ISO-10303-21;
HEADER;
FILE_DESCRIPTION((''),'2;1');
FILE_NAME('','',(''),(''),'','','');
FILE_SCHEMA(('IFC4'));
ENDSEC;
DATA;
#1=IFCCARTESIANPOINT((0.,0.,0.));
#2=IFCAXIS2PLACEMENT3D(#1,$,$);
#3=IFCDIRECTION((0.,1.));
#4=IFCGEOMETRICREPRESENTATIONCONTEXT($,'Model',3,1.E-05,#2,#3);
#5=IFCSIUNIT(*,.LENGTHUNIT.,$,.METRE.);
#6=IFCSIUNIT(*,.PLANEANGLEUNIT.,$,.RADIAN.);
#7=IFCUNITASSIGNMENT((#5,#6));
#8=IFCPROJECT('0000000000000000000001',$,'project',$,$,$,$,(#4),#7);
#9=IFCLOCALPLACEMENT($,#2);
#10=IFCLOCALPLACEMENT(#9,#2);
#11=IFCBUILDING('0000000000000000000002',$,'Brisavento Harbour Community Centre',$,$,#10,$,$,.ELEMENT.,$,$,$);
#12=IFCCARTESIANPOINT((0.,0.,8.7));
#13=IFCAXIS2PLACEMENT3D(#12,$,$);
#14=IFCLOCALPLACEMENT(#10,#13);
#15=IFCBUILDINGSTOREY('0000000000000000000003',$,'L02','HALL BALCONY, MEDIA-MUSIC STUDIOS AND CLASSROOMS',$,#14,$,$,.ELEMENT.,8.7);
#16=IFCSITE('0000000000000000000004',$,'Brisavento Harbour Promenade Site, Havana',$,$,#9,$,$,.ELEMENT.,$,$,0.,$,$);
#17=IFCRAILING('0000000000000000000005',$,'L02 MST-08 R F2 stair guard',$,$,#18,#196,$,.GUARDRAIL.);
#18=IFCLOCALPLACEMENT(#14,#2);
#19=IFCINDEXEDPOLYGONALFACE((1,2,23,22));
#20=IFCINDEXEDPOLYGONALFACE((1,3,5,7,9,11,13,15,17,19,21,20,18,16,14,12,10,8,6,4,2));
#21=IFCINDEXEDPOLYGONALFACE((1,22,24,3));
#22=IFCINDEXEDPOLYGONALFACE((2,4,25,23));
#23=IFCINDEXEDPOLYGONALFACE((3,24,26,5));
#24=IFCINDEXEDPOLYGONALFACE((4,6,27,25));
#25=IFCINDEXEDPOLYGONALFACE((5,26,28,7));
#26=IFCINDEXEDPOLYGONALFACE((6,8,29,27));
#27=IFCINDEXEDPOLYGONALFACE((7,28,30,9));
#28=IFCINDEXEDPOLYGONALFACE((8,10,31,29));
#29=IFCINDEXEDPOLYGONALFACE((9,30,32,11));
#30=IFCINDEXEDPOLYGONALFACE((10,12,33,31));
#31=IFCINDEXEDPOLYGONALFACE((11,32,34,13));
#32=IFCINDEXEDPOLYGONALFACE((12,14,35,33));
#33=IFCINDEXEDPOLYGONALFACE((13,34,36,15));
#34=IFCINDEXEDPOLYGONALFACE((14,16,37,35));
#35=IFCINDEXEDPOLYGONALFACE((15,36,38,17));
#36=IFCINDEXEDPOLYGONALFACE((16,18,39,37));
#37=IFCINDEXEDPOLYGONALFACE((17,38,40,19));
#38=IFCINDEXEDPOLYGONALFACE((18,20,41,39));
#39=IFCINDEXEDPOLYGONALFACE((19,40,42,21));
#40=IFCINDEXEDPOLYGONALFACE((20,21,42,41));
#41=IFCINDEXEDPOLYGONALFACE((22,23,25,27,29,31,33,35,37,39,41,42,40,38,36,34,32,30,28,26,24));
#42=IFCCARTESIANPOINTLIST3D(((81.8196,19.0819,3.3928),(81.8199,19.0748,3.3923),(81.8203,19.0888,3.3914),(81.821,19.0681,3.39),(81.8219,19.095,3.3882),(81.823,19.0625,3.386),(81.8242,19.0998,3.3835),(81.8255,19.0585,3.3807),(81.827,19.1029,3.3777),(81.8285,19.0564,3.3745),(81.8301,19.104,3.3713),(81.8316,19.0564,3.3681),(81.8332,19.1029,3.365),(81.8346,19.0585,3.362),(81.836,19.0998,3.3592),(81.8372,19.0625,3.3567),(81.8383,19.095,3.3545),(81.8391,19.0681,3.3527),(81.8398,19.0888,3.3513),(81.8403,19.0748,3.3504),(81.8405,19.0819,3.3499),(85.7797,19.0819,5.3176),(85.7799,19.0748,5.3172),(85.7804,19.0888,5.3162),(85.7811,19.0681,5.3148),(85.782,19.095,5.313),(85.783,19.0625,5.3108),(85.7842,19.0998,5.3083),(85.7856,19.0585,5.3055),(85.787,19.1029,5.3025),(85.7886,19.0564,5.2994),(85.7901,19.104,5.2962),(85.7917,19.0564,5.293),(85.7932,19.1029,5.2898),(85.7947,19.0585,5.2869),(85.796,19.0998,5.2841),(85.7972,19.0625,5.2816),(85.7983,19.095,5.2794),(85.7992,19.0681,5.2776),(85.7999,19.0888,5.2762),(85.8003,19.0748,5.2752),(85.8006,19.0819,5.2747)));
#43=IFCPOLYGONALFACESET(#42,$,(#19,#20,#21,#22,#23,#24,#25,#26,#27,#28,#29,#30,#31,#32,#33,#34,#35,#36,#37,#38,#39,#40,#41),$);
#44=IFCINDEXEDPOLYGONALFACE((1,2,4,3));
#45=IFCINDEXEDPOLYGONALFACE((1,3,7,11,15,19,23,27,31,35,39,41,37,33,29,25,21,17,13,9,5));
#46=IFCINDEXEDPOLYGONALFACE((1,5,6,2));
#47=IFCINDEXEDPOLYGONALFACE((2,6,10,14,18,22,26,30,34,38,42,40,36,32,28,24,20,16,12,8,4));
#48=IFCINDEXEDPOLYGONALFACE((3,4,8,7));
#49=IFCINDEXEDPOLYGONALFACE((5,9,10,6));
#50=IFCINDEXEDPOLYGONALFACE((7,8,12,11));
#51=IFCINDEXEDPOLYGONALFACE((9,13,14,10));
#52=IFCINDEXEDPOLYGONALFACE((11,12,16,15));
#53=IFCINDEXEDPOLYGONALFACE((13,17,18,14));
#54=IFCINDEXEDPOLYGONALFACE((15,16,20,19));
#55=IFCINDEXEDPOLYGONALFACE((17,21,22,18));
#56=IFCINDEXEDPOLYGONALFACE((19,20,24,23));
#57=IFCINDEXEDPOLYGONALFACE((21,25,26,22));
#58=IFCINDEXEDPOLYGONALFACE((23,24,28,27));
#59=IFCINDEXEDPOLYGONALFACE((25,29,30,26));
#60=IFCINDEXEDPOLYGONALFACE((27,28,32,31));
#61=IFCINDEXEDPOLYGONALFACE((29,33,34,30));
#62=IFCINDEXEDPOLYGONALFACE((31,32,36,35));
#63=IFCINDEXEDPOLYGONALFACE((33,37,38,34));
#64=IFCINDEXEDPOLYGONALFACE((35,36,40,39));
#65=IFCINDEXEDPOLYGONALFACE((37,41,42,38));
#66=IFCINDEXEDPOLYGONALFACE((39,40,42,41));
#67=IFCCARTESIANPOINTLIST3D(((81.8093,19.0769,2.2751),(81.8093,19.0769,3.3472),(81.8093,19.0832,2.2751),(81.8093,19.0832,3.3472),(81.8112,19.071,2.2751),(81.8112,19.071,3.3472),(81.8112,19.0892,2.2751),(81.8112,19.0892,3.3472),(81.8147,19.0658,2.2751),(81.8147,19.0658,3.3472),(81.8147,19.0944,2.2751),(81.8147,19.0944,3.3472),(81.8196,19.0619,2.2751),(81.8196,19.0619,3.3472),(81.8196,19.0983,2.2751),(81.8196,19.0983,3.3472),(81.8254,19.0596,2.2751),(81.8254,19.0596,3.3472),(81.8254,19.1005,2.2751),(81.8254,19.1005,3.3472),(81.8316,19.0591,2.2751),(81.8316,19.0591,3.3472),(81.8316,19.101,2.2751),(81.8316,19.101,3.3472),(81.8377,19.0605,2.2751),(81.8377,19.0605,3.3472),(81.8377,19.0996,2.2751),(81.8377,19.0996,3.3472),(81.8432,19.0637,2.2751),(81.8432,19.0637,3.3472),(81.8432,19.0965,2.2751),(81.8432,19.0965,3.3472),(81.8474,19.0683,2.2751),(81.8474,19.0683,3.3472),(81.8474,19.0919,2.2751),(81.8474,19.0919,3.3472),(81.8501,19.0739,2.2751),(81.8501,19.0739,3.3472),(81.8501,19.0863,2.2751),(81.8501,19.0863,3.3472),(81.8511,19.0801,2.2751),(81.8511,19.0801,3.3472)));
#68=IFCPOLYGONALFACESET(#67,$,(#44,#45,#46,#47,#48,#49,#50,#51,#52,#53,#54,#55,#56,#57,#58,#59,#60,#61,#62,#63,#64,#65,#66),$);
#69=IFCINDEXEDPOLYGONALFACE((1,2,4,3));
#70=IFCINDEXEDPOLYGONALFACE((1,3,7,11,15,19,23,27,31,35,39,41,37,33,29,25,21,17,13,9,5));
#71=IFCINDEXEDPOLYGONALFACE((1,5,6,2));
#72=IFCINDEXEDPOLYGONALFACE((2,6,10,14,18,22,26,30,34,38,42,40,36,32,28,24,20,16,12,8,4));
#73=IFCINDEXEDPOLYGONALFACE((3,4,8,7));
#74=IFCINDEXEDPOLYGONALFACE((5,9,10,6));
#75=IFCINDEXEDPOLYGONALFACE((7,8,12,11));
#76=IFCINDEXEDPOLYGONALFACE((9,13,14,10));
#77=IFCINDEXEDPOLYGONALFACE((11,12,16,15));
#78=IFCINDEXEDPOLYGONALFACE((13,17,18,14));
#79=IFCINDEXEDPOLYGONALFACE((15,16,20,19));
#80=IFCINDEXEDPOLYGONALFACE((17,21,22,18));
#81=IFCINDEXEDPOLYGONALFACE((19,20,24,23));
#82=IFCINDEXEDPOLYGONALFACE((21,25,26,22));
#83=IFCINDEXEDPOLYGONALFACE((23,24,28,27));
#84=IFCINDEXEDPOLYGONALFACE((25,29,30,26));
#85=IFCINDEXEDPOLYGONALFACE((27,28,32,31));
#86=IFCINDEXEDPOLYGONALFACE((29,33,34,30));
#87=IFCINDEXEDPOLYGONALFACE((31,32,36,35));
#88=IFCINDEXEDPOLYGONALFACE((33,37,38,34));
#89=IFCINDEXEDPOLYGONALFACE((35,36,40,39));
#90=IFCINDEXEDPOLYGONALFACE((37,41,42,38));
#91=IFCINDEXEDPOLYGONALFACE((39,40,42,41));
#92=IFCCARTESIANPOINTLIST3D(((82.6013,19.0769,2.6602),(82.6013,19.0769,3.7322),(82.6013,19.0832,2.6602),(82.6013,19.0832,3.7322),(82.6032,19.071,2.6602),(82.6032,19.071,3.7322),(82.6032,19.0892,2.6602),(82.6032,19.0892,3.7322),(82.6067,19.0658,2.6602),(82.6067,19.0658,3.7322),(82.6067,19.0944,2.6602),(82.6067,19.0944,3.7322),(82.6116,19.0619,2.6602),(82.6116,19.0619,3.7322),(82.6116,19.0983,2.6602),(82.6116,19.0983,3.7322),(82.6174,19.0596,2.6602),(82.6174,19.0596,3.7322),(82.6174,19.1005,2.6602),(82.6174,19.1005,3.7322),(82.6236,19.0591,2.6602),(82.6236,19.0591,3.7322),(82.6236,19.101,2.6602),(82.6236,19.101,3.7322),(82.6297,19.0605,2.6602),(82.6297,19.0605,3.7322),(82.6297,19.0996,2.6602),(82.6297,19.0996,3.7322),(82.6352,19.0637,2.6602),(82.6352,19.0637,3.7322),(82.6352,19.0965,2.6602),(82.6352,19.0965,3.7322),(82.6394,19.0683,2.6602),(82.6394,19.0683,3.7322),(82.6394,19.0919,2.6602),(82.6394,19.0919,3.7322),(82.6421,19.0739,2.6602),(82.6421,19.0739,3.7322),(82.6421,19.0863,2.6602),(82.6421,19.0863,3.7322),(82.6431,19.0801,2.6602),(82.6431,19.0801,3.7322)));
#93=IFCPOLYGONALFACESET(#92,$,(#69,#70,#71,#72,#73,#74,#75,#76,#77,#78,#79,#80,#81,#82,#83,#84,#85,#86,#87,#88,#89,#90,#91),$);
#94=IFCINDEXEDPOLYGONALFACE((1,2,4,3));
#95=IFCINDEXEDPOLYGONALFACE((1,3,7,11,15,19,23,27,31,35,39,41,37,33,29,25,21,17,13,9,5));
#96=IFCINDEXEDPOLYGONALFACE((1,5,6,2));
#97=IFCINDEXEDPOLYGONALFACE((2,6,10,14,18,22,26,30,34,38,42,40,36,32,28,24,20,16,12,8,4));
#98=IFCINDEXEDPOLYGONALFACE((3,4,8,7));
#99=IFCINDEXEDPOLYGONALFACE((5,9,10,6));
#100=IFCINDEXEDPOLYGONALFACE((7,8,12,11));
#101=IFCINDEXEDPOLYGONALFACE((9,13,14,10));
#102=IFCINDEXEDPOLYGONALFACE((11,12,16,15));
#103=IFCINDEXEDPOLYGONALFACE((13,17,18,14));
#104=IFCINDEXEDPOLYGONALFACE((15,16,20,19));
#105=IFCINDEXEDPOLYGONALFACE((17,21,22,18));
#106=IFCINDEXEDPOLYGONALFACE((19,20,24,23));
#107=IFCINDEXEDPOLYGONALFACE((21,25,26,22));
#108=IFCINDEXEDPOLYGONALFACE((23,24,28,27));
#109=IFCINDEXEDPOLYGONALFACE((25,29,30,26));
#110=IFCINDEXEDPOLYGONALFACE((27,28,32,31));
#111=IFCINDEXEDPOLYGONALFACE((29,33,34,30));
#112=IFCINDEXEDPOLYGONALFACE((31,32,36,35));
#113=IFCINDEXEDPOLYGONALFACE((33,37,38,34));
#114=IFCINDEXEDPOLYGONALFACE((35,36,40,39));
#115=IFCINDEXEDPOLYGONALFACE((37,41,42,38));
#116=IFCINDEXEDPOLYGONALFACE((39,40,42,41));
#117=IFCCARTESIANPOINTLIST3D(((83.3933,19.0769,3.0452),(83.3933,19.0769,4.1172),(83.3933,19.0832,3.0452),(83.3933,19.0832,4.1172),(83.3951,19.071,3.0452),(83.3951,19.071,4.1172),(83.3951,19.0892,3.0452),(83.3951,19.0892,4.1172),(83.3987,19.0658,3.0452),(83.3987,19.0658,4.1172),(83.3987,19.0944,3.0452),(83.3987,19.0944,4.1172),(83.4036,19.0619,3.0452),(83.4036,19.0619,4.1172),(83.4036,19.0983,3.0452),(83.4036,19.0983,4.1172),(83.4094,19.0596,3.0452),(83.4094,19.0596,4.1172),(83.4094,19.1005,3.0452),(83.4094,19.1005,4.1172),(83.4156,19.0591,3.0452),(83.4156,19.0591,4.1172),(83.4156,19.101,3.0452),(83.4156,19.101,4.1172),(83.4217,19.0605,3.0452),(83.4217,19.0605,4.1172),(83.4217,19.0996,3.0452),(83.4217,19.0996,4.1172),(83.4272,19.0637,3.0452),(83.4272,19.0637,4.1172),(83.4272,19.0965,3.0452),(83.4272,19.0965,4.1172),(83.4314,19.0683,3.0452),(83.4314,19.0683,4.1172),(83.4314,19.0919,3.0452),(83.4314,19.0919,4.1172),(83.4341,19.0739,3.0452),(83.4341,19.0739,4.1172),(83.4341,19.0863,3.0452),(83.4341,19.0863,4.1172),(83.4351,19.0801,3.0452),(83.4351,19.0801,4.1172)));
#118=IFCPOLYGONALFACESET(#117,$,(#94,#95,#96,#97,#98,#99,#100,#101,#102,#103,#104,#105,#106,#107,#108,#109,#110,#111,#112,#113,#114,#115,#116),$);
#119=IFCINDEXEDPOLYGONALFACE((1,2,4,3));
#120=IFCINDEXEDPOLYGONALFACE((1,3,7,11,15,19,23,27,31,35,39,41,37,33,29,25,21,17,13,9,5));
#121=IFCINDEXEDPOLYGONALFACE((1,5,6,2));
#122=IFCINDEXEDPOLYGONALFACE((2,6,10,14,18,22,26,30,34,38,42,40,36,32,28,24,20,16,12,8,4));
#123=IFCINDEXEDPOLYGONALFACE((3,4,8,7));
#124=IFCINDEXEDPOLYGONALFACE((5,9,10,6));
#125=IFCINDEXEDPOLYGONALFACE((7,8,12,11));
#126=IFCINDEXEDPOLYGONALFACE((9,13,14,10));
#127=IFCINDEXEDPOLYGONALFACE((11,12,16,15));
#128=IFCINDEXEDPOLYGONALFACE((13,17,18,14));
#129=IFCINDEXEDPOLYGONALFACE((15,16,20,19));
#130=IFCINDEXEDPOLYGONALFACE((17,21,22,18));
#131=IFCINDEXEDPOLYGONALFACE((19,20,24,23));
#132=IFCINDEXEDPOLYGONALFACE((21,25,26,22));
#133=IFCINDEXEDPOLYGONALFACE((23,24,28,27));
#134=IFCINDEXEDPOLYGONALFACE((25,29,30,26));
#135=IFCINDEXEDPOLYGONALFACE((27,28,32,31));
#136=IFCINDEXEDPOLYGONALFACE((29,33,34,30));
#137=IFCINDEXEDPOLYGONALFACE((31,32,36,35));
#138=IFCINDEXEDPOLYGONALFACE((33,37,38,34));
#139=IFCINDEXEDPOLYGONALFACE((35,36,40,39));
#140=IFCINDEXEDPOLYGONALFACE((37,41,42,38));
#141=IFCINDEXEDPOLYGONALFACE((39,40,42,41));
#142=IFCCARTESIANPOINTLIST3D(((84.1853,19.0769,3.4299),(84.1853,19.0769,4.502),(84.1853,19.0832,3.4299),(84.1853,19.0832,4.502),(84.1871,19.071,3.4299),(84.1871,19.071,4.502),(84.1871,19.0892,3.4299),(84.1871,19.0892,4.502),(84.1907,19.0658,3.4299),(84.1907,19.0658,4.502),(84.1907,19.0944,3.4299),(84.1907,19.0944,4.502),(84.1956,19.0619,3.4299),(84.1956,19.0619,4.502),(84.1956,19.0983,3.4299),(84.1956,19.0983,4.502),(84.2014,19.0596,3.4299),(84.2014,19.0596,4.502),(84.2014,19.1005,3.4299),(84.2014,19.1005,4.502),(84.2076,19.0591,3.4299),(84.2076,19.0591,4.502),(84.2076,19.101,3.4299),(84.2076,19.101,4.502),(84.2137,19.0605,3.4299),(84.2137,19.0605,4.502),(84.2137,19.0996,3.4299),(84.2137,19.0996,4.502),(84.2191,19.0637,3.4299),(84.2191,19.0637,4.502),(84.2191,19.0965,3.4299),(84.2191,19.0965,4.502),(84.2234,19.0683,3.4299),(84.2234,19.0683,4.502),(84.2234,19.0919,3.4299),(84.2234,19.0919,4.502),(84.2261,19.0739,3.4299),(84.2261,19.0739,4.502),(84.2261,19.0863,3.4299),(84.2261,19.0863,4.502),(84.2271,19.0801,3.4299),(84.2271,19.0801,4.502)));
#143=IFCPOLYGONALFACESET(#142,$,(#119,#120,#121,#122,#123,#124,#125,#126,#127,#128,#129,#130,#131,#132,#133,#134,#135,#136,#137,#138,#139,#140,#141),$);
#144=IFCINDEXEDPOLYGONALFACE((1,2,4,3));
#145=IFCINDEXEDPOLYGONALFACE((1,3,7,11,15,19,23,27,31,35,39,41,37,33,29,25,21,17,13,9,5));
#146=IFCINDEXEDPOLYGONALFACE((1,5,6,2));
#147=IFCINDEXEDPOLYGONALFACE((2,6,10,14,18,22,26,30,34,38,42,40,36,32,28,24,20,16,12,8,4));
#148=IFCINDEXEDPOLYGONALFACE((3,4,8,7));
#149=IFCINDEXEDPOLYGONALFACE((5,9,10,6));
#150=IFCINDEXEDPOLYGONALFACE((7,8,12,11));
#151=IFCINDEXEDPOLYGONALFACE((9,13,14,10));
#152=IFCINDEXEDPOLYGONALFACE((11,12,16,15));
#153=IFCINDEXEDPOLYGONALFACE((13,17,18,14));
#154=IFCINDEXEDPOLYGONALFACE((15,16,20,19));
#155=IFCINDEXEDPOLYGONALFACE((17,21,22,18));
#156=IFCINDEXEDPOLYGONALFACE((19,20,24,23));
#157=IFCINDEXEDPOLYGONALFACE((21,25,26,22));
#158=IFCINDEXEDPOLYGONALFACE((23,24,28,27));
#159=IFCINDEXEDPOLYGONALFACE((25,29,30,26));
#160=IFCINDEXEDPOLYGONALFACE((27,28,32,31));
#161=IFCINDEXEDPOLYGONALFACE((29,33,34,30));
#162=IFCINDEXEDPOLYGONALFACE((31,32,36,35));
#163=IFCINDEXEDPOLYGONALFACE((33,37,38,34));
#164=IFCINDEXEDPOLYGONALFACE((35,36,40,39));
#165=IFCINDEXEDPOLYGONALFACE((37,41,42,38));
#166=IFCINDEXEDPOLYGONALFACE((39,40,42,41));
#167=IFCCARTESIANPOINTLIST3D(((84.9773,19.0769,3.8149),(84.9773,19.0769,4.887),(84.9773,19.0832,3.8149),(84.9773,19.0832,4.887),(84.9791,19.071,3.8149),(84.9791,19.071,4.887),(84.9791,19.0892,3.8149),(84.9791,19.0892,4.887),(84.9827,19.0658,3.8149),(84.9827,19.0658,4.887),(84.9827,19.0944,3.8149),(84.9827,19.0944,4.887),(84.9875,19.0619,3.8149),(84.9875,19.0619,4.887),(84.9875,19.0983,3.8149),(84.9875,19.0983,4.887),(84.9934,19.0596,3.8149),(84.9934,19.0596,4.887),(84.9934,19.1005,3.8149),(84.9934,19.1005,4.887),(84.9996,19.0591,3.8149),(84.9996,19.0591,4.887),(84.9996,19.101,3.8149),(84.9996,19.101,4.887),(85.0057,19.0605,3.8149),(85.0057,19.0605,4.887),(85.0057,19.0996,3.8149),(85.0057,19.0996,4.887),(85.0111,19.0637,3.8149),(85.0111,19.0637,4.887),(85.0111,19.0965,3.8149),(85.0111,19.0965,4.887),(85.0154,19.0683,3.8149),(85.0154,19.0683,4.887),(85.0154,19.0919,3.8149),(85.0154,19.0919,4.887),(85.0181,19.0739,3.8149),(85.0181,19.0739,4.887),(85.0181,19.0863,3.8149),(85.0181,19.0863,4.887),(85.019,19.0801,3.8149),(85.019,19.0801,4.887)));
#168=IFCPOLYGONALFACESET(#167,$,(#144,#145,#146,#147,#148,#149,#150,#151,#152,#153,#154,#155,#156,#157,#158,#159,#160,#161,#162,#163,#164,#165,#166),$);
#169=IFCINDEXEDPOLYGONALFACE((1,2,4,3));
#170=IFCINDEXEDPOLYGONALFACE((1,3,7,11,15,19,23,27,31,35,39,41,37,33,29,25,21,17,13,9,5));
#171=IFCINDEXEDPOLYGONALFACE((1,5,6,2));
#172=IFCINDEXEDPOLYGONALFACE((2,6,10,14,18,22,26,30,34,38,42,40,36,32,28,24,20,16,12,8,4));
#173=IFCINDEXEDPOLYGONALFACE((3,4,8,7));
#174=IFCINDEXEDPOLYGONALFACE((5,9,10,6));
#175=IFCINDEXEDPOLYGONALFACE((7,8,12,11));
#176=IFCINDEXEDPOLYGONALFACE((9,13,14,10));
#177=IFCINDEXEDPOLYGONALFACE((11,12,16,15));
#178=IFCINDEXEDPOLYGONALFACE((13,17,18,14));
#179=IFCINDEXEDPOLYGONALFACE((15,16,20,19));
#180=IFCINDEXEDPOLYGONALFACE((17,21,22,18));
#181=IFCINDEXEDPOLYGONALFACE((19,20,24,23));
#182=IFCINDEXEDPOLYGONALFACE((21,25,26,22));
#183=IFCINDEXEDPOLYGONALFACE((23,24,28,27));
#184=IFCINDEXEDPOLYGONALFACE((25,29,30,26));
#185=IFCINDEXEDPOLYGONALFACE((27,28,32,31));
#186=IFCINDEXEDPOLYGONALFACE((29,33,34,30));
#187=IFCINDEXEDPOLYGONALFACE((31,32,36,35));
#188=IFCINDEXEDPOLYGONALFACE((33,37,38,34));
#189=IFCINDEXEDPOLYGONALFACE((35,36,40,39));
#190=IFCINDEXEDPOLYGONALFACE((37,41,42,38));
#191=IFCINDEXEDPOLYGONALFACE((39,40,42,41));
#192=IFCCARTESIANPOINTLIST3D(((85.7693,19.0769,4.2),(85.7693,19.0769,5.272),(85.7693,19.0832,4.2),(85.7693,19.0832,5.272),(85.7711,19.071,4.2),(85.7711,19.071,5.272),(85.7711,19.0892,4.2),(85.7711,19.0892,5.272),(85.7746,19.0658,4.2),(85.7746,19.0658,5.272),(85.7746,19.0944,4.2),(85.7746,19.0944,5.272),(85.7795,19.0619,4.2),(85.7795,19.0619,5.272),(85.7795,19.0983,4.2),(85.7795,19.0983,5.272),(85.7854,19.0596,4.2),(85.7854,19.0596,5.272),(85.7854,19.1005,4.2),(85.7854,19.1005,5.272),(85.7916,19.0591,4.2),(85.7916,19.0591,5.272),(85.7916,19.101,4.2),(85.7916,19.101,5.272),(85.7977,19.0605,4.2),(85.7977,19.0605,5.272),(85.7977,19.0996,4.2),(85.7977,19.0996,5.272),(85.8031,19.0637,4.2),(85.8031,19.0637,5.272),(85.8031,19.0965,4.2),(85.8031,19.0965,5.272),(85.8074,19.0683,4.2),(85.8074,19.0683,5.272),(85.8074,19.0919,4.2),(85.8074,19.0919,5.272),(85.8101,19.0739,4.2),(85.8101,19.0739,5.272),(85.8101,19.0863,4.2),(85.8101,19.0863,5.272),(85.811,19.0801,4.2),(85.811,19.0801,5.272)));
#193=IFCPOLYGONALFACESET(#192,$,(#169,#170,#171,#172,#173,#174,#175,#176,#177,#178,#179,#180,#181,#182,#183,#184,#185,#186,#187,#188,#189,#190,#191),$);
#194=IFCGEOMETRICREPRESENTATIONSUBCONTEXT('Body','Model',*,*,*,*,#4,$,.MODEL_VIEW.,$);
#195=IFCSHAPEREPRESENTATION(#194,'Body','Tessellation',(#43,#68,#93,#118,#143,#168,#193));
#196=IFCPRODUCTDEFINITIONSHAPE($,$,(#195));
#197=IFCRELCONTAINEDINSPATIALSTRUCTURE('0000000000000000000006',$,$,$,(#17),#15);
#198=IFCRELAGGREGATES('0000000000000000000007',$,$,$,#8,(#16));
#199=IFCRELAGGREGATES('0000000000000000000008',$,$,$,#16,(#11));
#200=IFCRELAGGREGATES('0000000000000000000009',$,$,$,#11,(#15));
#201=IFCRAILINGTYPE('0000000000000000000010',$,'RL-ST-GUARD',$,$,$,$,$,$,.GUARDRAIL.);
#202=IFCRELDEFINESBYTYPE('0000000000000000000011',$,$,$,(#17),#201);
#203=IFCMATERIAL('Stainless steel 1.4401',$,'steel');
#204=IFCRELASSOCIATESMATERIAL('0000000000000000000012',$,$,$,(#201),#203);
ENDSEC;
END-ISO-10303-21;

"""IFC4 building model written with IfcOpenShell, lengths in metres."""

from ifc_helpers import new_model, si_unit, direction, frame, origin, origin_2d, place, context, subcontext, project, spatial, circle, extrude, material, type_object, element, save


model = new_model("IFC4")

# Units and contexts
model_context = context("Model", 3, precision=1e-05, world=origin(), true_north=direction((0.0, 1.0)))
body_context = subcontext(model_context, "Body", "Model", "MODEL_VIEW")
ifc_project = project(units=[si_unit("LENGTHUNIT", "METRE"), si_unit("PLANEANGLEUNIT", "RADIAN")], contexts=[model_context])

# Site, building, storey
site_placement = place(None, origin())
site = spatial("IfcSite", under=ifc_project, at=site_placement, Name="Brisavento Harbour Promenade Site, Havana", CompositionType="ELEMENT", RefElevation=0.0)
building_placement = place(site_placement, origin())
building = spatial("IfcBuilding", under=site, at=building_placement, Name="Brisavento Harbour Community Centre", CompositionType="ELEMENT")
storey_placement = place(building_placement, frame((0.0, 0.0, 8.7)))
storey = spatial("IfcBuildingStorey", under=building, at=storey_placement, Name="L02", Description="HALL BALCONY, MEDIA-MUSIC STUDIOS AND CLASSROOMS", CompositionType="ELEMENT", Elevation=8.7)

# Railing
ifc_material_1 = material(Name="Stainless steel 1.4401", Category="steel")
railing_type = type_object("IfcRailingType", Name="RL-ST-GUARD", PredefinedType="GUARDRAIL", material=ifc_material_1)
railing_1_placement = place(storey_placement, frame((81.8301, 19.0801, 2.2751)))
element("IfcRailing", 1, at=railing_1_placement, inside=storey, type_object=railing_type, Name="L02 MST-08 R F2 stair guard", PredefinedType="GUARDRAIL", context=body_context, shape_type="SweptSolid", body=[
    extrude(circle(Radius=0.0239, at=origin_2d()), frame((0.0, 0.0, 1.0962), z_axis=(0.899384, 0.0, 0.43716), x_axis=(0.0, 1.0, 0.0)), (0.0, 0.0, 1.0), 4.4031),
    extrude(circle(Radius=0.021, at=origin_2d()), origin(), (0.0, 0.0, 1.0), 1.072),
    extrude(circle(Radius=0.021, at=origin_2d()), frame((0.792, 0.0, 0.385)), (0.0, 0.0, 1.0), 1.072),
    extrude(circle(Radius=0.021, at=origin_2d()), frame((1.584, 0.0, 0.77)), (0.0, 0.0, 1.0), 1.072),
    extrude(circle(Radius=0.021, at=origin_2d()), frame((2.376, 0.0, 1.1548)), (0.0, 0.0, 1.0), 1.072),
    extrude(circle(Radius=0.021, at=origin_2d()), frame((3.168, 0.0, 1.5398)), (0.0, 0.0, 1.0), 1.072),
    extrude(circle(Radius=0.021, at=origin_2d()), frame((3.96, 0.0, 1.9248)), (0.0, 0.0, 1.0), 1.072),
])

save(model, "model.ifc")
